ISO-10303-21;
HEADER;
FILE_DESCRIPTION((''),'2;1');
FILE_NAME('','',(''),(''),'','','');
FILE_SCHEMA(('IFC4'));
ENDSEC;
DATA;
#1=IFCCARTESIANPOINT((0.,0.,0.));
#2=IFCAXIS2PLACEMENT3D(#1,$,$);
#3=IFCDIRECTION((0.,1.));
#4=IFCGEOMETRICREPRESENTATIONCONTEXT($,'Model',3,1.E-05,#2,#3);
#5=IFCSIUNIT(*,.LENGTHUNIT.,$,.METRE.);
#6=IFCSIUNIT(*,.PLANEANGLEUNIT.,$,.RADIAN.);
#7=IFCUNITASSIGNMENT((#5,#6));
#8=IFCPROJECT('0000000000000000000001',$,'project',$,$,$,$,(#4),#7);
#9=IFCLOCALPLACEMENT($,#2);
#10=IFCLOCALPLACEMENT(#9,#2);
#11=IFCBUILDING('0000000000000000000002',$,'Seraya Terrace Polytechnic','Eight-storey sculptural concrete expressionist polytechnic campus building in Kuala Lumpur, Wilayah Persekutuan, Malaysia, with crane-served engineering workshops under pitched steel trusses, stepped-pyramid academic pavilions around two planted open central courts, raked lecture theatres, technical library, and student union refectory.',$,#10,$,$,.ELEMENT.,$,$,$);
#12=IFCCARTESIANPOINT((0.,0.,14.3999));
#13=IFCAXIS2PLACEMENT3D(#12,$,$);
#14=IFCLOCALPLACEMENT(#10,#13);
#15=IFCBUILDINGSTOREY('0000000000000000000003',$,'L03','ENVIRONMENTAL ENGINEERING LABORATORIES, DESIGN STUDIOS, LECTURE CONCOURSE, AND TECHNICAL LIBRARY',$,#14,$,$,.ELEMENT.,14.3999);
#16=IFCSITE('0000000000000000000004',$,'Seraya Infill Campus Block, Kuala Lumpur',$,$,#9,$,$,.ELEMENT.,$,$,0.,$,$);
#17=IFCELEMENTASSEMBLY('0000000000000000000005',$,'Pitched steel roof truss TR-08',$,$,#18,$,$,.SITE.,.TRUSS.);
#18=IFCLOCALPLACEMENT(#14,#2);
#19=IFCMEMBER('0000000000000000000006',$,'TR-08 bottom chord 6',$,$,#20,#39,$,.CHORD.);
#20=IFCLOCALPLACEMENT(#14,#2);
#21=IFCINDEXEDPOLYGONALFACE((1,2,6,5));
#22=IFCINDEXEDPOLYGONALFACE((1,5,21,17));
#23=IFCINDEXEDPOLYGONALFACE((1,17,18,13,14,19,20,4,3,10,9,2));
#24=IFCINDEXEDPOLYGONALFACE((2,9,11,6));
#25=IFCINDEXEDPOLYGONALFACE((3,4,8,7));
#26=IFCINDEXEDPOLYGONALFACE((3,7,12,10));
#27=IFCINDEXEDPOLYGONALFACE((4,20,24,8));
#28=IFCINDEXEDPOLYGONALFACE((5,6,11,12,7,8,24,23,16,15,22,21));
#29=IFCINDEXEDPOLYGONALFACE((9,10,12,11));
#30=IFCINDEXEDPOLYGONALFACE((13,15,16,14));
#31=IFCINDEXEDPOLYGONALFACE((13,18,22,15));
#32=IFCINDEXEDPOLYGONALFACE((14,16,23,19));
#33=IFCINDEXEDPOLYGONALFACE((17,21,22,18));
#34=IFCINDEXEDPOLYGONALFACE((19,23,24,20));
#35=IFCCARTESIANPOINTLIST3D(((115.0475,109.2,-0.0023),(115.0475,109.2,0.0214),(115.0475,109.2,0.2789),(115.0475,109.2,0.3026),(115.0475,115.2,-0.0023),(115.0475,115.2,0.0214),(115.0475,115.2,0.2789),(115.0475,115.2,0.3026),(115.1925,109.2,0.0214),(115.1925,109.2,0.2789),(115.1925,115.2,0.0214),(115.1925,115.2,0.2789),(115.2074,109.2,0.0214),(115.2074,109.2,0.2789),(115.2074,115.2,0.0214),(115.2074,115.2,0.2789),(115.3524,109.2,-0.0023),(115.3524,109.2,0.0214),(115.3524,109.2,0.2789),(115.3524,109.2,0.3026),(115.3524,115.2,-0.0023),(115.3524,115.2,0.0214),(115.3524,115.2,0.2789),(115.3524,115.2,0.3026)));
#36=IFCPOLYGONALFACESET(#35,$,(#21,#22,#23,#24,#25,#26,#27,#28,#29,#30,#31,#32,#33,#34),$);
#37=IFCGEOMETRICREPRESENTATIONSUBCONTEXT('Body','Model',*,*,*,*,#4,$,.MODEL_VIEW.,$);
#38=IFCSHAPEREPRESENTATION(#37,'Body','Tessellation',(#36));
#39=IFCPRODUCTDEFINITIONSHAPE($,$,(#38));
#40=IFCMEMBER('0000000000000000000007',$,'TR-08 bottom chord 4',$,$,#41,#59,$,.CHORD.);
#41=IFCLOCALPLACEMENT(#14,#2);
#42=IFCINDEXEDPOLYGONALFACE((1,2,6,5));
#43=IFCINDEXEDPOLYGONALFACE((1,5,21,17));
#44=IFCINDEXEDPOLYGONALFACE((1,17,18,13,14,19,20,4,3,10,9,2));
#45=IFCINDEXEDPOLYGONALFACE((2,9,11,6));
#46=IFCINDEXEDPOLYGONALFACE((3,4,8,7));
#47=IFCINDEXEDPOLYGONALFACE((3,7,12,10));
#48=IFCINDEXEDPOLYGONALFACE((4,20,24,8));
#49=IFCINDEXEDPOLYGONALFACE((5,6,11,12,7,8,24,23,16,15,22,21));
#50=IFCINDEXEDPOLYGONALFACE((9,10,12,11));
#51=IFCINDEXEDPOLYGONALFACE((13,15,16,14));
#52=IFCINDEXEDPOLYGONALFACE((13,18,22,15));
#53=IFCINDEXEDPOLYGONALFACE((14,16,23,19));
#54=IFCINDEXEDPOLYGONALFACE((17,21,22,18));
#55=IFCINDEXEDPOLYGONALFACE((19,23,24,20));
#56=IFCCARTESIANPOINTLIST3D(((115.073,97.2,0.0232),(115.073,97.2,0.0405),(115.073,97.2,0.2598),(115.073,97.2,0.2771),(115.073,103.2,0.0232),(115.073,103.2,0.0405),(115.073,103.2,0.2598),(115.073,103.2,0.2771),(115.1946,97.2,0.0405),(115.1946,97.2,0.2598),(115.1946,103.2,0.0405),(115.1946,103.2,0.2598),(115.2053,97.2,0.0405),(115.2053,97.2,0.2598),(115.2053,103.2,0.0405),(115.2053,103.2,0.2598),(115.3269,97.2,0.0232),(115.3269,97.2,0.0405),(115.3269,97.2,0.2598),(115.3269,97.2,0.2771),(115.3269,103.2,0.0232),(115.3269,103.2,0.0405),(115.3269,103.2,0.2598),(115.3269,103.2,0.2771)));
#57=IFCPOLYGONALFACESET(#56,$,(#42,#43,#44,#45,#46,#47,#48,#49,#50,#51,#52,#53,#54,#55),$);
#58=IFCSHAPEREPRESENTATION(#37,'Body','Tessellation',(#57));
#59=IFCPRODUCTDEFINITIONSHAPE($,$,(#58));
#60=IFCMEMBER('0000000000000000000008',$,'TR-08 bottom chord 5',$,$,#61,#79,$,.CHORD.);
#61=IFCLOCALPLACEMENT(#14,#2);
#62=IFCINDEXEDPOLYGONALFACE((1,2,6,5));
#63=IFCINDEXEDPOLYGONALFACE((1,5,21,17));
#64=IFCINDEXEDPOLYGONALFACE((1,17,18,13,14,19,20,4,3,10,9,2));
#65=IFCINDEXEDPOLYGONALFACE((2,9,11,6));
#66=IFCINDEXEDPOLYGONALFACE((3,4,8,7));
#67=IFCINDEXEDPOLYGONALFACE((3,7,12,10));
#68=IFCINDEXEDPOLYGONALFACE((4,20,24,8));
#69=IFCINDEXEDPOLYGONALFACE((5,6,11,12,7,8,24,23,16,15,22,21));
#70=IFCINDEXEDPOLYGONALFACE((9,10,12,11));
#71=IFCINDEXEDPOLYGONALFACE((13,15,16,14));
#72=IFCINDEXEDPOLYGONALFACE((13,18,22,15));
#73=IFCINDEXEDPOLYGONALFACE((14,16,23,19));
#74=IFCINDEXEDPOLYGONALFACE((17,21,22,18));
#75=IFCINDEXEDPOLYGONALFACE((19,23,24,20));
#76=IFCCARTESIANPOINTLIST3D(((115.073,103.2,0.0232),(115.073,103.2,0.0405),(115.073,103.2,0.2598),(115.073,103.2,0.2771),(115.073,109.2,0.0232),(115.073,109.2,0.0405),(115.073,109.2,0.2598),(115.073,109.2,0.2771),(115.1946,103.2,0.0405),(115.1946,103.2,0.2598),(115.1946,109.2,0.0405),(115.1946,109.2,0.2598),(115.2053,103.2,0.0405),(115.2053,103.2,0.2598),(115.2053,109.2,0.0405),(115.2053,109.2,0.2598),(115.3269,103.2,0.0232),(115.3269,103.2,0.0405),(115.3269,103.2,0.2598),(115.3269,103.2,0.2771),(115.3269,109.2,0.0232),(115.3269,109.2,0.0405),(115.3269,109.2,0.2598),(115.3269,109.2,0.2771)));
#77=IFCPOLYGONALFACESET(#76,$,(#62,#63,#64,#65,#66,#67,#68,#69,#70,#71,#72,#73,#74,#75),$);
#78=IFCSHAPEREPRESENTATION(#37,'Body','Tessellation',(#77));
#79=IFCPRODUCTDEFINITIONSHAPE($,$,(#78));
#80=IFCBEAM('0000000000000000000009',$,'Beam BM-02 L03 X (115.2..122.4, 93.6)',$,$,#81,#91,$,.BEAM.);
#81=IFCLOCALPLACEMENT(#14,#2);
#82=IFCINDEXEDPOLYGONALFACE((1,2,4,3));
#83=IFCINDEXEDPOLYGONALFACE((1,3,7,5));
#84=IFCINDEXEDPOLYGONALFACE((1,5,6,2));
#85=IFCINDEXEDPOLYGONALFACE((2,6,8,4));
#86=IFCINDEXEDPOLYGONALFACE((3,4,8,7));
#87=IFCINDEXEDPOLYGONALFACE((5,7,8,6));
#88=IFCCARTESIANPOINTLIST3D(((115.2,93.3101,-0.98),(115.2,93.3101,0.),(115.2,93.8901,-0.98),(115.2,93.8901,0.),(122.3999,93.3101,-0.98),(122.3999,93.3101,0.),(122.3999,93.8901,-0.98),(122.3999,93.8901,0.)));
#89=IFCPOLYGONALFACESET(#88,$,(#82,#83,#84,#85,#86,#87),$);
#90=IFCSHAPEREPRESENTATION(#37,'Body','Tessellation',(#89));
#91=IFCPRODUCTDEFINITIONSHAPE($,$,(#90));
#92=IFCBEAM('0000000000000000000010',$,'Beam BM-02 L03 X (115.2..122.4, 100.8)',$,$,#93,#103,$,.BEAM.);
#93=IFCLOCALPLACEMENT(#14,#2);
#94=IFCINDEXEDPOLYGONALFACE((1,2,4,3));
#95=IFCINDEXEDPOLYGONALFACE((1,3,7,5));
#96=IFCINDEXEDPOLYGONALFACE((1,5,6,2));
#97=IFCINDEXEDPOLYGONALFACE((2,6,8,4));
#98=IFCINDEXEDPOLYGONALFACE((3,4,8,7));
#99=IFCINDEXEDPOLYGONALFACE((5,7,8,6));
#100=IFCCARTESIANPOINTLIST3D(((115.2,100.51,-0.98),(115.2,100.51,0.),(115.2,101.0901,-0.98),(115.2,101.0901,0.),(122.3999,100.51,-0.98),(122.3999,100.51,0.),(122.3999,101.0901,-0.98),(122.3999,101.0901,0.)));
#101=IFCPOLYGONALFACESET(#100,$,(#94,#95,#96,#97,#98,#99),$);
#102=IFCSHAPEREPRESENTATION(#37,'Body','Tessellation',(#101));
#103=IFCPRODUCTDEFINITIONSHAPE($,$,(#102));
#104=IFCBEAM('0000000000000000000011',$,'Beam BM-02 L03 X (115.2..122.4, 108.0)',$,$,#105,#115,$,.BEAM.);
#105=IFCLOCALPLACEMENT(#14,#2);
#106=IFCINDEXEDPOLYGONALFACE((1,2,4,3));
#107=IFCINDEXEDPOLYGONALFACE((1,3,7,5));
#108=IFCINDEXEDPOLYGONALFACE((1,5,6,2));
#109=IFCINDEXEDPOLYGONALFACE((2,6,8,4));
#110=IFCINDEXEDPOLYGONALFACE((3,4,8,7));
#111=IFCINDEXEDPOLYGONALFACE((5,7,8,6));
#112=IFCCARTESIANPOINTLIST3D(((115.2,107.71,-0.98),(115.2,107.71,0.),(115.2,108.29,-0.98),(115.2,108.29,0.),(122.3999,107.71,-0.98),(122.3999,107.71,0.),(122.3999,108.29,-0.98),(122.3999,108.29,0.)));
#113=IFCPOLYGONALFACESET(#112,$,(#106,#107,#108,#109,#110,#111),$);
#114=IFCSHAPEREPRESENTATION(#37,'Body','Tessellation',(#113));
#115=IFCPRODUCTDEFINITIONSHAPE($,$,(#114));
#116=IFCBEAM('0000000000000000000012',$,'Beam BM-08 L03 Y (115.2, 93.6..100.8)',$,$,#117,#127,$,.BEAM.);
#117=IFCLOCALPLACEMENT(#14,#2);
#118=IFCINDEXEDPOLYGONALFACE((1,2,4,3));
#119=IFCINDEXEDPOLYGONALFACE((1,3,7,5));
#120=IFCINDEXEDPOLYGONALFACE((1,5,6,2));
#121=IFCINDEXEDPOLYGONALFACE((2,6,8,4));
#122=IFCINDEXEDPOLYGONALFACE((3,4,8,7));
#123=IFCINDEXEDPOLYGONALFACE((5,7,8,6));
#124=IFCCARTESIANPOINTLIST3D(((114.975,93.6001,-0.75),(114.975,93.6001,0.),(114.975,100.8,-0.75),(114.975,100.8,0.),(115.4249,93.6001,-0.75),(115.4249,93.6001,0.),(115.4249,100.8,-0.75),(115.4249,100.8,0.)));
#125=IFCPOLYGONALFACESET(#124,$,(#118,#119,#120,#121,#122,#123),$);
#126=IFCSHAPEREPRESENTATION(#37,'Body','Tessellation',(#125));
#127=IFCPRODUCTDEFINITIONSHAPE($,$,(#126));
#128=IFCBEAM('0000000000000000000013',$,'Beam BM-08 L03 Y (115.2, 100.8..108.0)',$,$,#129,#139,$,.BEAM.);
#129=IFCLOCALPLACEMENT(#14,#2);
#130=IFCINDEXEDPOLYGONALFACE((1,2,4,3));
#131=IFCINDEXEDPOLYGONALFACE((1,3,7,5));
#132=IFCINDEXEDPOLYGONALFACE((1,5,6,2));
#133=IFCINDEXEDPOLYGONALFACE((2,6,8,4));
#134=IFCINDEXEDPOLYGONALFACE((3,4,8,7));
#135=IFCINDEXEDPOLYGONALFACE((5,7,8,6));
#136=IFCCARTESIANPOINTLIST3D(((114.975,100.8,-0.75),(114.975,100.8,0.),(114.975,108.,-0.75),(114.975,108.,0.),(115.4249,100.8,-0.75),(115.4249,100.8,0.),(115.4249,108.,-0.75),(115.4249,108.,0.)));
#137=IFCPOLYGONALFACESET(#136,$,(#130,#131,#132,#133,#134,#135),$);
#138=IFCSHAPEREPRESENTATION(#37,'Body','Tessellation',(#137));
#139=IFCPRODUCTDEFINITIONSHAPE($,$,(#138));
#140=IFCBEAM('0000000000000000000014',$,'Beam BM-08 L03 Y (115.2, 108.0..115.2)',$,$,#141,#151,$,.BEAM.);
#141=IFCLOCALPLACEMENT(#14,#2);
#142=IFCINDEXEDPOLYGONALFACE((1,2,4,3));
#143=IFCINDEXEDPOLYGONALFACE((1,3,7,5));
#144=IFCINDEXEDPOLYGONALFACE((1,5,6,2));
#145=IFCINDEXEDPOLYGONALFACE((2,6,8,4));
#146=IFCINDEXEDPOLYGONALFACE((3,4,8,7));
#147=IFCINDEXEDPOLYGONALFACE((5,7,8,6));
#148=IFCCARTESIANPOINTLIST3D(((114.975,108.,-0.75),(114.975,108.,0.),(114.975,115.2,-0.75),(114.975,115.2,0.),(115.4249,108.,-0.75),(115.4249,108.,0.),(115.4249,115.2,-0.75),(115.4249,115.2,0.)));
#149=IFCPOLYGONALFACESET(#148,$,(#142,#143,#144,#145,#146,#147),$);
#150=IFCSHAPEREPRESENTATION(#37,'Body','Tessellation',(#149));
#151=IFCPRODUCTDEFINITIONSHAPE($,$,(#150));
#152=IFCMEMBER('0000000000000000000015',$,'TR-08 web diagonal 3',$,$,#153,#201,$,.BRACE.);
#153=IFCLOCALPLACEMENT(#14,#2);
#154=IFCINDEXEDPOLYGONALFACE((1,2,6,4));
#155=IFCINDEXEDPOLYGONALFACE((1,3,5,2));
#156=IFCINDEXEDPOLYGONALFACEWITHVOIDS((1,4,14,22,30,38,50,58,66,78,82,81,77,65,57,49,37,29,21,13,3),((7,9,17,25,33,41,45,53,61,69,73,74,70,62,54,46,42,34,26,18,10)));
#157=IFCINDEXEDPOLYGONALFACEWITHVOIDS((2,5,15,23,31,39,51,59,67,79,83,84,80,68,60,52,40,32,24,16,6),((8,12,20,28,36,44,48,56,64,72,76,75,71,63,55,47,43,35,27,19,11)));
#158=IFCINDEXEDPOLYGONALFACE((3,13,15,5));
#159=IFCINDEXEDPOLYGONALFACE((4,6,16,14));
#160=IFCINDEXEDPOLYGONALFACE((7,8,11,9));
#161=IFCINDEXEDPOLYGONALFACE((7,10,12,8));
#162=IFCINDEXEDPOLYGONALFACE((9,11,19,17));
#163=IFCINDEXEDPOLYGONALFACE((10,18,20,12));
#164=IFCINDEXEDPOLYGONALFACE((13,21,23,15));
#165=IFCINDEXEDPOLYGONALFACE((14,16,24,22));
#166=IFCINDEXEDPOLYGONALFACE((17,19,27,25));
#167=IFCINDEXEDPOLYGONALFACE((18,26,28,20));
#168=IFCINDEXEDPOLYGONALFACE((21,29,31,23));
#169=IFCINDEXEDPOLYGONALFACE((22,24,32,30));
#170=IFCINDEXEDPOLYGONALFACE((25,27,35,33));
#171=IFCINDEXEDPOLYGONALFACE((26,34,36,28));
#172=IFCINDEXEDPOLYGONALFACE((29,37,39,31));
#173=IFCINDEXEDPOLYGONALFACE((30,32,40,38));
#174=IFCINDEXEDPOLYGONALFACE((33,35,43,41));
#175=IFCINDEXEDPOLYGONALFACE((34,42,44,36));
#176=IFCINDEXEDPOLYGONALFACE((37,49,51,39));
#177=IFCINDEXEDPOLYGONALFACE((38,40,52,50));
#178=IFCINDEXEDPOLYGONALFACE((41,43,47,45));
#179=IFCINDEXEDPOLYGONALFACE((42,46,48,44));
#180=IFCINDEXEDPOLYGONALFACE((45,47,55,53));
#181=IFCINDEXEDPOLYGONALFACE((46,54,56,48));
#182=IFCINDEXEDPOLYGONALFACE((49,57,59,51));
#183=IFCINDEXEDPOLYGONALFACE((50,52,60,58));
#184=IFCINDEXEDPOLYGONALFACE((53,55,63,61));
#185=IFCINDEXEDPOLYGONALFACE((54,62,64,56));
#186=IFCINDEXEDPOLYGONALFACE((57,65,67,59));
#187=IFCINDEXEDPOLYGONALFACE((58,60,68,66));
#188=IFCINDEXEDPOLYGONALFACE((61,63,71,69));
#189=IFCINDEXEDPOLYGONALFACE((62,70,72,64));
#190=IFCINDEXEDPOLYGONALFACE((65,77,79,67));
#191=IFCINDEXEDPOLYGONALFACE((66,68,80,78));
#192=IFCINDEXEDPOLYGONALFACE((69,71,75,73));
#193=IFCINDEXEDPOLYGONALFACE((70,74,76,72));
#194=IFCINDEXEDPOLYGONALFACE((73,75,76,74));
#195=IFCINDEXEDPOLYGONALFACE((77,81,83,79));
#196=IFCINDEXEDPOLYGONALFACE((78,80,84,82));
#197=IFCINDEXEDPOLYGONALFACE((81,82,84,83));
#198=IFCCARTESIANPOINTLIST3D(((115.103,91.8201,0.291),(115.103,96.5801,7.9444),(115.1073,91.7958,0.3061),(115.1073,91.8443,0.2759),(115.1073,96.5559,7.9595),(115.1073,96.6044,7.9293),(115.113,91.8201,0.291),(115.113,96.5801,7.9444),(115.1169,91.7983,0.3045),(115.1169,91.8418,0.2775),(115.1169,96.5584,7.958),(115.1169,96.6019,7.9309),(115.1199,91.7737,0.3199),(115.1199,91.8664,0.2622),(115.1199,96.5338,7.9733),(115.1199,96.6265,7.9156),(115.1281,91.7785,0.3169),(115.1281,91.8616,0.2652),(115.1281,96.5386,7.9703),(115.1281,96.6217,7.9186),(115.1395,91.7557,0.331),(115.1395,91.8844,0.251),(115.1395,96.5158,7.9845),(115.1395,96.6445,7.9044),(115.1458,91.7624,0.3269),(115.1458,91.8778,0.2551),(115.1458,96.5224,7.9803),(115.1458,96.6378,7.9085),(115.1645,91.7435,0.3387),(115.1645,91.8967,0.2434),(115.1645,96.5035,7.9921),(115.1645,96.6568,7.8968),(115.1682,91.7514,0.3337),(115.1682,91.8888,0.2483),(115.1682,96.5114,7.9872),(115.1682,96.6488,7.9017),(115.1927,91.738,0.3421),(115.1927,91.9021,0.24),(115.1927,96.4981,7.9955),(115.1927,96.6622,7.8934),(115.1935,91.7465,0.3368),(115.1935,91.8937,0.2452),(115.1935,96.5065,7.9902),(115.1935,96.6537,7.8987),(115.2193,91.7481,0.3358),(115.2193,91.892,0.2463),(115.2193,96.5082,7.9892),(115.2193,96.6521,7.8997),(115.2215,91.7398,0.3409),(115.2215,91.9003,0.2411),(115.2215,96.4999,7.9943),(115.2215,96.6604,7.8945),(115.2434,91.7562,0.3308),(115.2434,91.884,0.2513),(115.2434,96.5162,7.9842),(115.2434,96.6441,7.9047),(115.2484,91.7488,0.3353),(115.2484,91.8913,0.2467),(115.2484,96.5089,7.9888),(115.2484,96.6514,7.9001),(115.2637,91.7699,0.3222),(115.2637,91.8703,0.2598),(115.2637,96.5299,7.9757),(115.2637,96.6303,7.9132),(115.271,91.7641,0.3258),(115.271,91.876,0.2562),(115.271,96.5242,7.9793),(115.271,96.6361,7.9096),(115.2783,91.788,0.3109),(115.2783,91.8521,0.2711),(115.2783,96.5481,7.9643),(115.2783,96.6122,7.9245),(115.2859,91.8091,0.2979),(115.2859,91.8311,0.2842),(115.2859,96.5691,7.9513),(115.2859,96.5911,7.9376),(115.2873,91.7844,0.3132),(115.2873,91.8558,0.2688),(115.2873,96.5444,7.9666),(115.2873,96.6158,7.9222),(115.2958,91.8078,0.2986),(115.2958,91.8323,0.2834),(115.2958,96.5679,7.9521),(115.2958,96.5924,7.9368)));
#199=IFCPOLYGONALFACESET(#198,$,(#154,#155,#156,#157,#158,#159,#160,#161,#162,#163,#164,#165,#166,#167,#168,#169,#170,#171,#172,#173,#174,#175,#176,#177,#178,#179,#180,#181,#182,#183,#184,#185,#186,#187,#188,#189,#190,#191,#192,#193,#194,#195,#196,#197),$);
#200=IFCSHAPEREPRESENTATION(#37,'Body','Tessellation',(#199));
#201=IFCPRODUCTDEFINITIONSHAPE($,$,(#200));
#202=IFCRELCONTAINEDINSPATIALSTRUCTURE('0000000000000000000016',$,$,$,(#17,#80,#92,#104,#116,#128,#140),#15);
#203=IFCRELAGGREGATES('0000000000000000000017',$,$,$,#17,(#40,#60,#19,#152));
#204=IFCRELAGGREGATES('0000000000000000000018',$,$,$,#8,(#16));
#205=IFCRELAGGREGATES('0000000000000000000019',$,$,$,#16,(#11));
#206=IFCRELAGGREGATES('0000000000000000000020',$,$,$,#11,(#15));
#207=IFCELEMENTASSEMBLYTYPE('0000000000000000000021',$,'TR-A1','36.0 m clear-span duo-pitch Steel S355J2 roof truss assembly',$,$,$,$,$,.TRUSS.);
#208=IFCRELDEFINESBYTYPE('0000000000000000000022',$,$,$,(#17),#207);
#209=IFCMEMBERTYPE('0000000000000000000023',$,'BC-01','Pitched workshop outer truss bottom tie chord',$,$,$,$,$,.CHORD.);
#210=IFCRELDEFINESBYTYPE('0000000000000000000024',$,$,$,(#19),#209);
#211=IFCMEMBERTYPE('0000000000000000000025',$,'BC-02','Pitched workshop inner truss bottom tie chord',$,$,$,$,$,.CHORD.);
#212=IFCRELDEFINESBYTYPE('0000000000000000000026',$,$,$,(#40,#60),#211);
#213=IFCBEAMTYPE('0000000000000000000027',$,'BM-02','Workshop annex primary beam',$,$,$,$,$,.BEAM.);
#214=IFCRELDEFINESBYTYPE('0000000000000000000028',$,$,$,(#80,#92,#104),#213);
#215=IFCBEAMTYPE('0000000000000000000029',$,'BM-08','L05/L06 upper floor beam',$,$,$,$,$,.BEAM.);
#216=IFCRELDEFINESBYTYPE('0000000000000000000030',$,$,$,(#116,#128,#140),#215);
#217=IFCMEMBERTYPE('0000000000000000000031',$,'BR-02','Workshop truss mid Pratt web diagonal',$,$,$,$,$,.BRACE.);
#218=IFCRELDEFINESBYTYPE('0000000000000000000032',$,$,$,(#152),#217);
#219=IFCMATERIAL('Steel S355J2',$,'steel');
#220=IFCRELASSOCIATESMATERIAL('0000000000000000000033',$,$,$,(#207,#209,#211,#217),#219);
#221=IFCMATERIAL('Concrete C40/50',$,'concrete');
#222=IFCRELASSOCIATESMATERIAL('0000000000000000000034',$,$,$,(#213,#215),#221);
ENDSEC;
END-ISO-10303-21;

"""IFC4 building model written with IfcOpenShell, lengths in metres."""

from ifc_helpers import new_model, si_unit, direction, frame, origin, origin_2d, place, context, subcontext, project, spatial, rectangle, hollow_circle, i_section, extrude, material, material_profile, profile_set, type_object, element, aggregate, save


model = new_model("IFC4")

# Units and contexts
model_context = context("Model", 3, precision=1e-05, world=origin(), true_north=direction((0.0, 1.0)))
body_context = subcontext(model_context, "Body", "Model", "MODEL_VIEW")
ifc_project = project(units=[si_unit("LENGTHUNIT", "METRE"), si_unit("PLANEANGLEUNIT", "RADIAN")], contexts=[model_context])

# Site, building, storey
site_placement = place(None, origin())
site = spatial("IfcSite", under=ifc_project, at=site_placement, Name="Seraya Infill Campus Block, Kuala Lumpur", CompositionType="ELEMENT", RefElevation=0.0)
building_placement = place(site_placement, origin())
building = spatial("IfcBuilding", under=site, at=building_placement, Name="Seraya Terrace Polytechnic", Description="Eight-storey sculptural concrete expressionist polytechnic campus building in Kuala Lumpur, Wilayah Persekutuan, Malaysia, with crane-served engineering workshops under pitched steel trusses, stepped-pyramid academic pavilions around two planted open central courts, raked lecture theatres, technical library, and student union refectory.", CompositionType="ELEMENT")
storey_placement = place(building_placement, frame((0.0, 0.0, 14.3999)))
storey = spatial("IfcBuildingStorey", under=building, at=storey_placement, Name="L03", Description="ENVIRONMENTAL ENGINEERING LABORATORIES, DESIGN STUDIOS, LECTURE CONCOURSE, AND TECHNICAL LIBRARY", CompositionType="ELEMENT", Elevation=14.3999)

# Element assembly, members
ifc_material_1 = material(Name="Steel S355J2", Category="steel")
element_assembly_type = type_object("IfcElementAssemblyType", Name="TR-A1", Description="36.0 m clear-span duo-pitch Steel S355J2 roof truss assembly", PredefinedType="TRUSS", material=ifc_material_1)
assembly_placement = place(storey_placement, origin())
assembly = element("IfcElementAssembly", 1, at=assembly_placement, inside=storey, type_object=element_assembly_type, Name="Pitched steel roof truss TR-08", AssemblyPlace="SITE", PredefinedType="TRUSS")
ifc_material_profile_1 = material_profile(ifc_material_1, i_section(OverallWidth=0.3049, OverallDepth=0.3049, WebThickness=0.0149, FlangeThickness=0.0237, at=origin_2d()), Name="UKC 305x305x14.9x23.8")
ifc_profile_set_1 = profile_set([ifc_material_profile_1], Name="Steel S355J2")
member_type_1 = type_object("IfcMemberType", Name="BC-01", Description="Pitched workshop outer truss bottom tie chord", PredefinedType="CHORD", material=ifc_profile_set_1)
member_1_placement = place(storey_placement, frame((115.2, 109.2, 0.1501), z_axis=(0.0, 1.0, 0.0), x_axis=(-1.0, 0.0, 0.0)))
member_1 = element("IfcMember", 2, at=member_1_placement, type_object=member_type_1, Name="TR-08 bottom chord 6", PredefinedType="CHORD", context=body_context, shape_type="SweptSolid", body=[
    extrude(i_section(OverallWidth=0.3049, OverallDepth=0.3049, WebThickness=0.0149, FlangeThickness=0.0237, at=origin_2d()), origin(), (0.0, 0.0, 1.0), 6.0),
])
ifc_material_profile_2 = material_profile(ifc_material_1, i_section(OverallWidth=0.2539, OverallDepth=0.2539, WebThickness=0.0107, FlangeThickness=0.0173, at=origin_2d()), Name="UKC 254x254x10.7x17.3")
ifc_profile_set_2 = profile_set([ifc_material_profile_2], Name="Steel S355J2")
member_type_2 = type_object("IfcMemberType", Name="BC-02", Description="Pitched workshop inner truss bottom tie chord", PredefinedType="CHORD", material=ifc_profile_set_2)
member_2_placement = place(storey_placement, frame((115.2, 97.2, 0.1501), z_axis=(0.0, 1.0, 0.0), x_axis=(-1.0, 0.0, 0.0)))
member_2 = element("IfcMember", 3, at=member_2_placement, type_object=member_type_2, Name="TR-08 bottom chord 4", PredefinedType="CHORD", context=body_context, shape_type="SweptSolid", body=[
    extrude(i_section(OverallWidth=0.2539, OverallDepth=0.2539, WebThickness=0.0107, FlangeThickness=0.0173, at=origin_2d()), origin(), (0.0, 0.0, 1.0), 6.0),
])
member_3_placement = place(storey_placement, frame((115.2, 103.2, 0.1501), z_axis=(0.0, 1.0, 0.0), x_axis=(-1.0, 0.0, 0.0)))
member_3 = element("IfcMember", 4, at=member_3_placement, type_object=member_type_2, Name="TR-08 bottom chord 5", PredefinedType="CHORD", context=body_context, shape_type="SweptSolid", body=[
    extrude(i_section(OverallWidth=0.2539, OverallDepth=0.2539, WebThickness=0.0107, FlangeThickness=0.0173, at=origin_2d()), origin(), (0.0, 0.0, 1.0), 6.0),
])

# Beams
ifc_material_2 = material(Name="Concrete C40/50", Category="concrete")
ifc_material_profile_3 = material_profile(ifc_material_2, rectangle(XDim=0.5801, YDim=0.98, at=origin_2d()), Name="RC 580x980")
ifc_profile_set_3 = profile_set([ifc_material_profile_3], Name="Concrete C40/50")
beam_type_1 = type_object("IfcBeamType", Name="BM-02", Description="Workshop annex primary beam", PredefinedType="BEAM", material=ifc_profile_set_3)
for number, where, z_axis, x_axis, name in (
    (5, (115.2, 93.6001, -0.49), (1.0, 0.0, 0.0), (0.0, 1.0, 0.0), "Beam BM-02 L03 X (115.2..122.4, 93.6)"),
    (6, (115.2, 100.8, -0.49), (1.0, 0.0, 0.0), (0.0, 1.0, 0.0), "Beam BM-02 L03 X (115.2..122.4, 100.8)"),
    (7, (115.2, 108.0, -0.49), (1.0, 0.0, 0.0), (0.0, 1.0, 0.0), "Beam BM-02 L03 X (115.2..122.4, 108.0)"),
):
    element("IfcBeam", number, at=place(storey_placement, frame(where, z_axis=z_axis, x_axis=x_axis)), inside=storey, type_object=beam_type_1, Name=name, PredefinedType="BEAM", context=body_context, shape_type="SweptSolid", body=[
        extrude(rectangle(XDim=0.5801, YDim=0.98, at=origin_2d()), origin(), (0.0, 0.0, 1.0), 7.2),
    ])
ifc_material_profile_4 = material_profile(ifc_material_2, rectangle(XDim=0.45, YDim=0.75, at=origin_2d()), Name="RC 450x750")
ifc_profile_set_4 = profile_set([ifc_material_profile_4], Name="Concrete C40/50")
beam_type_2 = type_object("IfcBeamType", Name="BM-08", Description="L05/L06 upper floor beam", PredefinedType="BEAM", material=ifc_profile_set_4)
for number, where, z_axis, x_axis, name in (
    (8, (115.2, 93.6001, -0.375), (0.0, 1.0, 0.0), (-1.0, 0.0, 0.0), "Beam BM-08 L03 Y (115.2, 93.6..100.8)"),
    (9, (115.2, 100.8, -0.375), (0.0, 1.0, 0.0), (-1.0, 0.0, 0.0), "Beam BM-08 L03 Y (115.2, 100.8..108.0)"),
    (10, (115.2, 108.0, -0.375), (0.0, 1.0, 0.0), (-1.0, 0.0, 0.0), "Beam BM-08 L03 Y (115.2, 108.0..115.2)"),
):
    element("IfcBeam", number, at=place(storey_placement, frame(where, z_axis=z_axis, x_axis=x_axis)), inside=storey, type_object=beam_type_2, Name=name, PredefinedType="BEAM", context=body_context, shape_type="SweptSolid", body=[
        extrude(rectangle(XDim=0.45, YDim=0.75, at=origin_2d()), origin(), (0.0, 0.0, 1.0), 7.2),
    ])

# Member
ifc_material_profile_5 = material_profile(ifc_material_1, hollow_circle(Radius=0.0969, WallThickness=0.01, at=origin_2d()), Name="CHS 193.7x10.0")
ifc_profile_set_5 = profile_set([ifc_material_profile_5], Name="Steel S355J2")
member_type_3 = type_object("IfcMemberType", Name="BR-02", Description="Workshop truss mid Pratt web diagonal", PredefinedType="BRACE", material=ifc_profile_set_5)
member_4_placement = place(storey_placement, frame((115.2, 91.8201, 0.291), z_axis=(0.0, 0.528137, 0.849159), x_axis=(-1.0, 0.0, 0.0)))
member_4 = element("IfcMember", 11, at=member_4_placement, type_object=member_type_3, Name="TR-08 web diagonal 3", PredefinedType="BRACE", context=body_context, shape_type="SweptSolid", body=[
    extrude(hollow_circle(Radius=0.0969, WallThickness=0.01, at=origin_2d()), origin(), (0.0, 0.0, 1.0), 9.0129),
])

aggregate(assembly, [member_2, member_3, member_1, member_4])

save(model, "model.ifc")
